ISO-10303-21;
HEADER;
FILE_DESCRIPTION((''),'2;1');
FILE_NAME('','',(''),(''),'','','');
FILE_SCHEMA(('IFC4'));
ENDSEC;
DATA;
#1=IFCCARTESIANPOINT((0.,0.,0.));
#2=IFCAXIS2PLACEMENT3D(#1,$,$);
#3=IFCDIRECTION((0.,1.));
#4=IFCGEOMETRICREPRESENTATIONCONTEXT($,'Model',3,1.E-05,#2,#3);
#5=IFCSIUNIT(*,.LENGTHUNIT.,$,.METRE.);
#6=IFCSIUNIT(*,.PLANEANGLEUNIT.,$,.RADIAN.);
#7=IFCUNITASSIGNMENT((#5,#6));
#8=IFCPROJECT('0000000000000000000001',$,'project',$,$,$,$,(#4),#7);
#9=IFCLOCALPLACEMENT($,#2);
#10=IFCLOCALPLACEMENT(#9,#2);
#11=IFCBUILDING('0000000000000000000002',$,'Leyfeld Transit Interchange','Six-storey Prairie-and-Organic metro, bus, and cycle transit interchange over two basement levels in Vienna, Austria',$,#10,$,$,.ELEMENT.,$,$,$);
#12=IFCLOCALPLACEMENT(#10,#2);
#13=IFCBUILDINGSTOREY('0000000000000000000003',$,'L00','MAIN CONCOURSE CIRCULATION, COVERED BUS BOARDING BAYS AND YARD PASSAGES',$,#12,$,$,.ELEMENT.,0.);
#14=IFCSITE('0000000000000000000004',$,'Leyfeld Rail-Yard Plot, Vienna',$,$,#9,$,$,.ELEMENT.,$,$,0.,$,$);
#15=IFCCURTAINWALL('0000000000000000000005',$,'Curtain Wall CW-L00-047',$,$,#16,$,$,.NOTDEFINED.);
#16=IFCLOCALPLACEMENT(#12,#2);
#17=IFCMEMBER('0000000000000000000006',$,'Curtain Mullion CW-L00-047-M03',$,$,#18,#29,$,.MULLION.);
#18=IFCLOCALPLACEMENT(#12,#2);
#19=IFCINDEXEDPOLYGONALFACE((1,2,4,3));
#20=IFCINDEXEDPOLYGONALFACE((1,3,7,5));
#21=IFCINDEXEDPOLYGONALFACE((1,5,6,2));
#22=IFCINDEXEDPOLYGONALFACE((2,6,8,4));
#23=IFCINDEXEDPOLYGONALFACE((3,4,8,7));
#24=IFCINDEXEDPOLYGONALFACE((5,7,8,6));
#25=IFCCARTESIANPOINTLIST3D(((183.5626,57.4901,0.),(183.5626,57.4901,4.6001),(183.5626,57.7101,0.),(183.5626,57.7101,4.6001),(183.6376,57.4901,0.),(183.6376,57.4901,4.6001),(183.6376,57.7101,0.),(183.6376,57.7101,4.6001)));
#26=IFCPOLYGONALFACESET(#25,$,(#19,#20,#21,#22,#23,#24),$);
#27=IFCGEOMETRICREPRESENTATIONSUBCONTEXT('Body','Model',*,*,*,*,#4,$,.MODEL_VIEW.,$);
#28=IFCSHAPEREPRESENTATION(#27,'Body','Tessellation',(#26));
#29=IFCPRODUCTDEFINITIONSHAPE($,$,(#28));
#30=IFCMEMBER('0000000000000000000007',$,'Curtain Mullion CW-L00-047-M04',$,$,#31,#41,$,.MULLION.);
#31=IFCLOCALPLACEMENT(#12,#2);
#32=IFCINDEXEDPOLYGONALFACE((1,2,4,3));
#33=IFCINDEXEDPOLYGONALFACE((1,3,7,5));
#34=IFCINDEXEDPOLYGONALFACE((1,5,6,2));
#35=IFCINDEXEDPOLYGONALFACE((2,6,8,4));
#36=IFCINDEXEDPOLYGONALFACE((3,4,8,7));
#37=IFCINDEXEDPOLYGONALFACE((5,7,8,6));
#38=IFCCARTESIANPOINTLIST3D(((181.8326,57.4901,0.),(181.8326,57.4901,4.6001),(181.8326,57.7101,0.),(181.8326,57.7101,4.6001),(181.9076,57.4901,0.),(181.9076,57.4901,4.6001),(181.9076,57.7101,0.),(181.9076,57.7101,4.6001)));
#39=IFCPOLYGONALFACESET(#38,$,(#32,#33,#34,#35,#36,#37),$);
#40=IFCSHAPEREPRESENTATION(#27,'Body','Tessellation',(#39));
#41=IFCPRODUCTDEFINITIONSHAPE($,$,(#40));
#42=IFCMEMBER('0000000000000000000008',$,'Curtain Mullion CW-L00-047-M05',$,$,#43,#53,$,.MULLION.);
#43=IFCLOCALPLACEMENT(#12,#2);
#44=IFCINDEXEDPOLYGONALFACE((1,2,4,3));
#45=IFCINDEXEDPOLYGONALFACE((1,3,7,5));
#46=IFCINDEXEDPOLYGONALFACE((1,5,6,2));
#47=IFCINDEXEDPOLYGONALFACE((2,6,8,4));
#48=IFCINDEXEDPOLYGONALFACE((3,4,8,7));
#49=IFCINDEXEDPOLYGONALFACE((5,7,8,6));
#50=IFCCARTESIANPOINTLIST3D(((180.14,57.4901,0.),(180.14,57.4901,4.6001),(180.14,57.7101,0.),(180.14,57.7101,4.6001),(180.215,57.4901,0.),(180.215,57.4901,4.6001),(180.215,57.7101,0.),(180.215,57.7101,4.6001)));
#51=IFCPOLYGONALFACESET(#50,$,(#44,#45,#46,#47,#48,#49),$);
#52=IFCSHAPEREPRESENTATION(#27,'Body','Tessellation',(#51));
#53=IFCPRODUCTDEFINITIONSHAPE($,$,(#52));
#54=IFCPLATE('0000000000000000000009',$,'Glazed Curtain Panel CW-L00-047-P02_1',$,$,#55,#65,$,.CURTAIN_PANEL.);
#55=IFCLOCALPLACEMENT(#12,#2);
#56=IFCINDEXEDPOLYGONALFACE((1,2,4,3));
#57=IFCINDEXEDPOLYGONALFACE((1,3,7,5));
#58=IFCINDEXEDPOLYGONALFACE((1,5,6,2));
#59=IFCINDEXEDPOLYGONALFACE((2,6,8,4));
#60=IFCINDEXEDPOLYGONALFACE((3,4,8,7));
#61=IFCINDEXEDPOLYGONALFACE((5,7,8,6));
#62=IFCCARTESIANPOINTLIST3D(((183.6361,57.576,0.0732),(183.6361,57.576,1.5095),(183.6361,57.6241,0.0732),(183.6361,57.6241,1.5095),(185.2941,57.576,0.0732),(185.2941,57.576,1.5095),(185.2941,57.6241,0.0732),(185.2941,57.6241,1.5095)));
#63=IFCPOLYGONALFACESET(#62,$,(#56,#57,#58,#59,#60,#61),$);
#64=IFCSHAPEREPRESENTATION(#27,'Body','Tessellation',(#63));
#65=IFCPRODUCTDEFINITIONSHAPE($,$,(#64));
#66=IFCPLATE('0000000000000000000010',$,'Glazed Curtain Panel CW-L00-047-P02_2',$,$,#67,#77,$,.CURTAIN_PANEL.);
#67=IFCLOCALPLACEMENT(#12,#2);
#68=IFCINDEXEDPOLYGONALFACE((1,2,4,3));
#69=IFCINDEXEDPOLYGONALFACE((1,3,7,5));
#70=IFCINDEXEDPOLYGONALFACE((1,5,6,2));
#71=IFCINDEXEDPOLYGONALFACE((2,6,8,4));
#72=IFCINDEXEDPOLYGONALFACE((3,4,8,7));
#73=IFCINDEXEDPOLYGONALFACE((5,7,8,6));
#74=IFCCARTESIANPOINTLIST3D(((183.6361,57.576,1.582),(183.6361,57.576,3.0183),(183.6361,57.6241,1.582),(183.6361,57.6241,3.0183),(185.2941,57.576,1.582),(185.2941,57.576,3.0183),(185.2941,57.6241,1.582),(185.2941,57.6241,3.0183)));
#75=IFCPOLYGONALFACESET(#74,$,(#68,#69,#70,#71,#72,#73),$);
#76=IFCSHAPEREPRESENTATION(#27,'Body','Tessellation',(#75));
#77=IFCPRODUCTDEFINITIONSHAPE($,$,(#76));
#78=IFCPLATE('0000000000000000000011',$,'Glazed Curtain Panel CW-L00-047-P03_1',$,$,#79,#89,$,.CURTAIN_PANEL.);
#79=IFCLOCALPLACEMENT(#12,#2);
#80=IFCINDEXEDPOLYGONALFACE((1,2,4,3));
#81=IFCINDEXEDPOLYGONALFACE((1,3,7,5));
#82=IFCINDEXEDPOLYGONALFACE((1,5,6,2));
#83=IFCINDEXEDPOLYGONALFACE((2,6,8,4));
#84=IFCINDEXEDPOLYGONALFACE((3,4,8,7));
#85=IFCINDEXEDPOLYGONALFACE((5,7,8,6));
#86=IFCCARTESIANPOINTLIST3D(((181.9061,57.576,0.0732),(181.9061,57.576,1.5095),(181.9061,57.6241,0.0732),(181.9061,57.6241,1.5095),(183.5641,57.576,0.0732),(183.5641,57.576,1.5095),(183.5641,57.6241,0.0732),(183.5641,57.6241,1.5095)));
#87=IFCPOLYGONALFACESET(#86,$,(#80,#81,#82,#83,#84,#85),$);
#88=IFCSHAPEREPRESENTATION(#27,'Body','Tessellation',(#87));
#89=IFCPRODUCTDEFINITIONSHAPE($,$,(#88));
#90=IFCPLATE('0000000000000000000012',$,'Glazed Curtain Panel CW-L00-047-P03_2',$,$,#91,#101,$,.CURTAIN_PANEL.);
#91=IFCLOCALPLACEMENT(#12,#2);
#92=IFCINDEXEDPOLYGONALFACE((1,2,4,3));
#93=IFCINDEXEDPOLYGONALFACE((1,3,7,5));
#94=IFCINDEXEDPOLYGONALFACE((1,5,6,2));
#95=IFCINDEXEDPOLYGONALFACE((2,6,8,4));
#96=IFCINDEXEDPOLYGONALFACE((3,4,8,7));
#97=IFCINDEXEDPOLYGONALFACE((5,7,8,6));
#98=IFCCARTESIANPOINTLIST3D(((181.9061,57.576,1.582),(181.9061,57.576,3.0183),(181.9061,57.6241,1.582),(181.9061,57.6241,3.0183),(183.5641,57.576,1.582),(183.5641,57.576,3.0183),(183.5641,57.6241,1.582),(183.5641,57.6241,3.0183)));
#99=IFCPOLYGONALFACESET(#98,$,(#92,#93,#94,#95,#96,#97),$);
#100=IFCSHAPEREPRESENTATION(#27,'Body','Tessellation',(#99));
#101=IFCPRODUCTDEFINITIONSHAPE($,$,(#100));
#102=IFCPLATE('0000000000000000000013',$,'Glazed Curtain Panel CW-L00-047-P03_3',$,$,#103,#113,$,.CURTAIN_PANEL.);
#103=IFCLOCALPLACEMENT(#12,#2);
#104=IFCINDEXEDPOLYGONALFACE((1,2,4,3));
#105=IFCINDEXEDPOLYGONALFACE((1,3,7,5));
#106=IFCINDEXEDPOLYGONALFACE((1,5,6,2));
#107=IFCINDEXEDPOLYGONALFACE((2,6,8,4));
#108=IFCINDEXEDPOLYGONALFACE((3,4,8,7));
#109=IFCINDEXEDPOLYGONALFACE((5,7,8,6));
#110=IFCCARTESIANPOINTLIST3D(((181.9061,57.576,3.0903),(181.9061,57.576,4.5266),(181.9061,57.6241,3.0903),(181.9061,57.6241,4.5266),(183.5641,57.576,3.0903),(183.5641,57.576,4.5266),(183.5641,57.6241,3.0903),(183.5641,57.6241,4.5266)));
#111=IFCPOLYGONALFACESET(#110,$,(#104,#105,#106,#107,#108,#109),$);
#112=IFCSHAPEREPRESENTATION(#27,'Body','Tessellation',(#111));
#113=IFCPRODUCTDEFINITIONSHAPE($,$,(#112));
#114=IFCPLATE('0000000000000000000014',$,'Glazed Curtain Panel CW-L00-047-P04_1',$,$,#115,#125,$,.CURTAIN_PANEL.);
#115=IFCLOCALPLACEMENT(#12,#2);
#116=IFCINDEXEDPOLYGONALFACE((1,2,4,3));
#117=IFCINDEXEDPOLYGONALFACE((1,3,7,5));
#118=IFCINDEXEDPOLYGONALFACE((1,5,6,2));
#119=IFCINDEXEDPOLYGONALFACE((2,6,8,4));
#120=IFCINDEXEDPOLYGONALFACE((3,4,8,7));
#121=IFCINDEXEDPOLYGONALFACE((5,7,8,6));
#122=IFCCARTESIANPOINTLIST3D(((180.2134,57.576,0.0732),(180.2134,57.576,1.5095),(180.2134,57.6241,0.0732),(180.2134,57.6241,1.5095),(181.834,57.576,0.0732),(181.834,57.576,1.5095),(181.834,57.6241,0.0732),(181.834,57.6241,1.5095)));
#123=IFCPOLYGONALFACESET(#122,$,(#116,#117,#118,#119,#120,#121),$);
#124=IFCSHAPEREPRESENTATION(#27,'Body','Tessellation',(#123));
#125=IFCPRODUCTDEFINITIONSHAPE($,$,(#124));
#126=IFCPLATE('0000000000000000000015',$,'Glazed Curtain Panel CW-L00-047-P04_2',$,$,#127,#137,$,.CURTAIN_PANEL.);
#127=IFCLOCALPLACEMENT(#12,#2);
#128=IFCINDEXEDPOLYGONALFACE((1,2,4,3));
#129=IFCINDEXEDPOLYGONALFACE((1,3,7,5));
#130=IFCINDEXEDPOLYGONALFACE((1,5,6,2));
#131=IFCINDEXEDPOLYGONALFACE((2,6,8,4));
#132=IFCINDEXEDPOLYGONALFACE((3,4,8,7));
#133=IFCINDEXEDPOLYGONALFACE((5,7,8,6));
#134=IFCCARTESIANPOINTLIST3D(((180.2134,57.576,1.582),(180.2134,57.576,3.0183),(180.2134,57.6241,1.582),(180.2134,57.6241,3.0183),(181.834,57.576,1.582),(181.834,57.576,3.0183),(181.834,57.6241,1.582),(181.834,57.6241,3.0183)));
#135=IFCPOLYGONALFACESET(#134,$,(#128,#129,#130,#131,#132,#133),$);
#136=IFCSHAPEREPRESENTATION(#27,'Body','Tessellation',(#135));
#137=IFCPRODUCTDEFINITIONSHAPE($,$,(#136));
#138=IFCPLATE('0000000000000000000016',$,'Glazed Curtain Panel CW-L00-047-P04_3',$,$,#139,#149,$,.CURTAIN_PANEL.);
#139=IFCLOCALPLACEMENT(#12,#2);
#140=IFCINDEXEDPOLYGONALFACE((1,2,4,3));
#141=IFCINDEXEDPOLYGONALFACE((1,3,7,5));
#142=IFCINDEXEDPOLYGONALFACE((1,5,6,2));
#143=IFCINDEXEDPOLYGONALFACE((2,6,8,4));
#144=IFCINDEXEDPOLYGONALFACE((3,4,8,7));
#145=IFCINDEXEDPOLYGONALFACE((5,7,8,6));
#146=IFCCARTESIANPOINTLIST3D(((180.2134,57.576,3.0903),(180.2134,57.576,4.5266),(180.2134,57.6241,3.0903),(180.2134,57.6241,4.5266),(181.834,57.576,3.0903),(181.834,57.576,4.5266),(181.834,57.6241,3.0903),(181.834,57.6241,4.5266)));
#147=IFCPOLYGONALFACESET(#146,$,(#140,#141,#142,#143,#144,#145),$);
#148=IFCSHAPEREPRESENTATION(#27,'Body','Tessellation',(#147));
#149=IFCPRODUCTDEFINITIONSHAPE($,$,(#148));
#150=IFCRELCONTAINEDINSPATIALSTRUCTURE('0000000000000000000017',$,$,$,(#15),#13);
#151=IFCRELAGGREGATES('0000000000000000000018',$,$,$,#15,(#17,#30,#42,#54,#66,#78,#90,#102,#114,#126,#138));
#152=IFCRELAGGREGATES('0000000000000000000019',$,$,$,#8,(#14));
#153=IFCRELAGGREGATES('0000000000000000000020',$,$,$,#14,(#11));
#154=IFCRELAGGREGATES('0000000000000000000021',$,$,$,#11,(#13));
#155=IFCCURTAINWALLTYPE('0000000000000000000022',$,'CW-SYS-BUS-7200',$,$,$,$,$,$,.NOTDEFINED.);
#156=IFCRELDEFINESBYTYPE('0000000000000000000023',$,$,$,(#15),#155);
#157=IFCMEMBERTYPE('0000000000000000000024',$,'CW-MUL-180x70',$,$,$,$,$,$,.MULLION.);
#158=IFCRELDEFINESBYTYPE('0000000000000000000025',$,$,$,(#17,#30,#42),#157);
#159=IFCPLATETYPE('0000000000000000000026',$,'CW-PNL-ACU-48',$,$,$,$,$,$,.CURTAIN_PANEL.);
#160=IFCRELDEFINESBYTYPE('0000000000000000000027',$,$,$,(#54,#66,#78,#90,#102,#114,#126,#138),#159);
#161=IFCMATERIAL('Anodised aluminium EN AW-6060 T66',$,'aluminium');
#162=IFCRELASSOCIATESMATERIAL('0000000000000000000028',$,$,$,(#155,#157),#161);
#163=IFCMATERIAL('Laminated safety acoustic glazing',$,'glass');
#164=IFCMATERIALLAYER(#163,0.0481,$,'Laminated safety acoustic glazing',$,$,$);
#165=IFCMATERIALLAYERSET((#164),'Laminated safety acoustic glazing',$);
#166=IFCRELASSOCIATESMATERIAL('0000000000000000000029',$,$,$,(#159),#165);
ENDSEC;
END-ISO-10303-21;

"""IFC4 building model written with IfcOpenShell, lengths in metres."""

from ifc_helpers import new_model, si_unit, direction, frame, origin, origin_2d, place, context, subcontext, project, spatial, rectangle, extrude, material, layer, layer_set, material_profile, profile_set, type_object, element, aggregate, save


model = new_model("IFC4")

# Units and contexts
model_context = context("Model", 3, precision=1e-05, world=origin(), true_north=direction((0.0, 1.0)))
body_context = subcontext(model_context, "Body", "Model", "MODEL_VIEW")
ifc_project = project(units=[si_unit("LENGTHUNIT", "METRE"), si_unit("PLANEANGLEUNIT", "RADIAN")], contexts=[model_context])

# Site, building, storey
site_placement = place(None, origin())
site = spatial("IfcSite", under=ifc_project, at=site_placement, Name="Leyfeld Rail-Yard Plot, Vienna", CompositionType="ELEMENT", RefElevation=0.0)
building_placement = place(site_placement, origin())
building = spatial("IfcBuilding", under=site, at=building_placement, Name="Leyfeld Transit Interchange", Description="Six-storey Prairie-and-Organic metro, bus, and cycle transit interchange over two basement levels in Vienna, Austria", CompositionType="ELEMENT")
storey_placement = place(building_placement, origin())
storey = spatial("IfcBuildingStorey", under=building, at=storey_placement, Name="L00", Description="MAIN CONCOURSE CIRCULATION, COVERED BUS BOARDING BAYS AND YARD PASSAGES", CompositionType="ELEMENT", Elevation=0.0)

# Curtain wall, members, plates
ifc_material_1 = material(Name="Anodised aluminium EN AW-6060 T66", Category="aluminium")
curtain_wall_type = type_object("IfcCurtainWallType", Name="CW-SYS-BUS-7200", PredefinedType="NOTDEFINED", material=ifc_material_1)
curtain_wall_placement = place(storey_placement, origin())
curtain_wall = element("IfcCurtainWall", 1, at=curtain_wall_placement, inside=storey, type_object=curtain_wall_type, Name="Curtain Wall CW-L00-047", PredefinedType="NOTDEFINED")
ifc_material_profile_1 = material_profile(ifc_material_1, rectangle(XDim=0.075, YDim=0.22, at=origin_2d()), Name="CW-M 75x220")
ifc_profile_set_1 = profile_set([ifc_material_profile_1], Name="Anodised aluminium EN AW-6060 T66")
member_type = type_object("IfcMemberType", Name="CW-MUL-180x70", PredefinedType="MULLION", material=ifc_profile_set_1)
member_1_placement = place(storey_placement, frame((183.6001, 57.6001, 0.0), z_axis=(0.0, 0.0, 1.0), x_axis=(-1.0, 0.0, 0.0)))
member_1 = element("IfcMember", 2, at=member_1_placement, type_object=member_type, Name="Curtain Mullion CW-L00-047-M03", PredefinedType="MULLION", context=body_context, shape_type="SweptSolid", body=[
    extrude(rectangle(XDim=0.075, YDim=0.22, at=origin_2d()), origin(), (0.0, 0.0, 1.0), 4.6001),
])
member_2_placement = place(storey_placement, frame((181.8701, 57.6001, 0.0), z_axis=(0.0, 0.0, 1.0), x_axis=(-1.0, 0.0, 0.0)))
member_2 = element("IfcMember", 3, at=member_2_placement, type_object=member_type, Name="Curtain Mullion CW-L00-047-M04", PredefinedType="MULLION", context=body_context, shape_type="SweptSolid", body=[
    extrude(rectangle(XDim=0.075, YDim=0.22, at=origin_2d()), origin(), (0.0, 0.0, 1.0), 4.6001),
])
member_3_placement = place(storey_placement, frame((180.1775, 57.6001, 0.0), z_axis=(0.0, 0.0, 1.0), x_axis=(-1.0, 0.0, 0.0)))
member_3 = element("IfcMember", 4, at=member_3_placement, type_object=member_type, Name="Curtain Mullion CW-L00-047-M05", PredefinedType="MULLION", context=body_context, shape_type="SweptSolid", body=[
    extrude(rectangle(XDim=0.075, YDim=0.22, at=origin_2d()), origin(), (0.0, 0.0, 1.0), 4.6001),
])
ifc_material_2 = material(Name="Laminated safety acoustic glazing", Category="glass")
ifc_layer = layer(ifc_material_2, 0.0481, Name="Laminated safety acoustic glazing")
ifc_layer_set = layer_set([ifc_layer], Name="Laminated safety acoustic glazing")
plate_type = type_object("IfcPlateType", Name="CW-PNL-ACU-48", PredefinedType="CURTAIN_PANEL", material=ifc_layer_set)
plate_1_placement = place(storey_placement, frame((184.4651, 57.6001, 0.0732), z_axis=(0.0, 0.0, 1.0), x_axis=(-1.0, 0.0, 0.0)))
plate_1 = element("IfcPlate", 5, at=plate_1_placement, type_object=plate_type, Name="Glazed Curtain Panel CW-L00-047-P02_1", PredefinedType="CURTAIN_PANEL", context=body_context, shape_type="SweptSolid", body=[
    extrude(rectangle(XDim=1.658, YDim=0.0481, at=origin_2d()), origin(), (0.0, 0.0, 1.0), 1.4363),
])
plate_2_placement = place(storey_placement, frame((184.4651, 57.6001, 1.582), z_axis=(0.0, 0.0, 1.0), x_axis=(-1.0, 0.0, 0.0)))
plate_2 = element("IfcPlate", 6, at=plate_2_placement, type_object=plate_type, Name="Glazed Curtain Panel CW-L00-047-P02_2", PredefinedType="CURTAIN_PANEL", context=body_context, shape_type="SweptSolid", body=[
    extrude(rectangle(XDim=1.658, YDim=0.0481, at=origin_2d()), origin(), (0.0, 0.0, 1.0), 1.4363),
])
plate_3_placement = place(storey_placement, frame((182.7351, 57.6001, 0.0732), z_axis=(0.0, 0.0, 1.0), x_axis=(-1.0, 0.0, 0.0)))
plate_3 = element("IfcPlate", 7, at=plate_3_placement, type_object=plate_type, Name="Glazed Curtain Panel CW-L00-047-P03_1", PredefinedType="CURTAIN_PANEL", context=body_context, shape_type="SweptSolid", body=[
    extrude(rectangle(XDim=1.658, YDim=0.0481, at=origin_2d()), origin(), (0.0, 0.0, 1.0), 1.4363),
])
plate_4_placement = place(storey_placement, frame((182.7351, 57.6001, 1.582), z_axis=(0.0, 0.0, 1.0), x_axis=(-1.0, 0.0, 0.0)))
plate_4 = element("IfcPlate", 8, at=plate_4_placement, type_object=plate_type, Name="Glazed Curtain Panel CW-L00-047-P03_2", PredefinedType="CURTAIN_PANEL", context=body_context, shape_type="SweptSolid", body=[
    extrude(rectangle(XDim=1.658, YDim=0.0481, at=origin_2d()), origin(), (0.0, 0.0, 1.0), 1.4363),
])
plate_5_placement = place(storey_placement, frame((182.7351, 57.6001, 3.0903), z_axis=(0.0, 0.0, 1.0), x_axis=(-1.0, 0.0, 0.0)))
plate_5 = element("IfcPlate", 9, at=plate_5_placement, type_object=plate_type, Name="Glazed Curtain Panel CW-L00-047-P03_3", PredefinedType="CURTAIN_PANEL", context=body_context, shape_type="SweptSolid", body=[
    extrude(rectangle(XDim=1.658, YDim=0.0481, at=origin_2d()), origin(), (0.0, 0.0, 1.0), 1.4363),
])
plate_6_placement = place(storey_placement, frame((181.0237, 57.6001, 0.0732), z_axis=(0.0, 0.0, 1.0), x_axis=(-1.0, 0.0, 0.0)))
plate_6 = element("IfcPlate", 10, at=plate_6_placement, type_object=plate_type, Name="Glazed Curtain Panel CW-L00-047-P04_1", PredefinedType="CURTAIN_PANEL", context=body_context, shape_type="SweptSolid", body=[
    extrude(rectangle(XDim=1.6206, YDim=0.0481, at=origin_2d()), origin(), (0.0, 0.0, 1.0), 1.4363),
])
plate_7_placement = place(storey_placement, frame((181.0237, 57.6001, 1.582), z_axis=(0.0, 0.0, 1.0), x_axis=(-1.0, 0.0, 0.0)))
plate_7 = element("IfcPlate", 11, at=plate_7_placement, type_object=plate_type, Name="Glazed Curtain Panel CW-L00-047-P04_2", PredefinedType="CURTAIN_PANEL", context=body_context, shape_type="SweptSolid", body=[
    extrude(rectangle(XDim=1.6206, YDim=0.0481, at=origin_2d()), origin(), (0.0, 0.0, 1.0), 1.4363),
])
plate_8_placement = place(storey_placement, frame((181.0237, 57.6001, 3.0903), z_axis=(0.0, 0.0, 1.0), x_axis=(-1.0, 0.0, 0.0)))
plate_8 = element("IfcPlate", 12, at=plate_8_placement, type_object=plate_type, Name="Glazed Curtain Panel CW-L00-047-P04_3", PredefinedType="CURTAIN_PANEL", context=body_context, shape_type="SweptSolid", body=[
    extrude(rectangle(XDim=1.6206, YDim=0.0481, at=origin_2d()), origin(), (0.0, 0.0, 1.0), 1.4363),
])
aggregate(curtain_wall, [member_1, member_2, member_3, plate_1, plate_2, plate_3, plate_4, plate_5, plate_6, plate_7, plate_8])

save(model, "model.ifc")
